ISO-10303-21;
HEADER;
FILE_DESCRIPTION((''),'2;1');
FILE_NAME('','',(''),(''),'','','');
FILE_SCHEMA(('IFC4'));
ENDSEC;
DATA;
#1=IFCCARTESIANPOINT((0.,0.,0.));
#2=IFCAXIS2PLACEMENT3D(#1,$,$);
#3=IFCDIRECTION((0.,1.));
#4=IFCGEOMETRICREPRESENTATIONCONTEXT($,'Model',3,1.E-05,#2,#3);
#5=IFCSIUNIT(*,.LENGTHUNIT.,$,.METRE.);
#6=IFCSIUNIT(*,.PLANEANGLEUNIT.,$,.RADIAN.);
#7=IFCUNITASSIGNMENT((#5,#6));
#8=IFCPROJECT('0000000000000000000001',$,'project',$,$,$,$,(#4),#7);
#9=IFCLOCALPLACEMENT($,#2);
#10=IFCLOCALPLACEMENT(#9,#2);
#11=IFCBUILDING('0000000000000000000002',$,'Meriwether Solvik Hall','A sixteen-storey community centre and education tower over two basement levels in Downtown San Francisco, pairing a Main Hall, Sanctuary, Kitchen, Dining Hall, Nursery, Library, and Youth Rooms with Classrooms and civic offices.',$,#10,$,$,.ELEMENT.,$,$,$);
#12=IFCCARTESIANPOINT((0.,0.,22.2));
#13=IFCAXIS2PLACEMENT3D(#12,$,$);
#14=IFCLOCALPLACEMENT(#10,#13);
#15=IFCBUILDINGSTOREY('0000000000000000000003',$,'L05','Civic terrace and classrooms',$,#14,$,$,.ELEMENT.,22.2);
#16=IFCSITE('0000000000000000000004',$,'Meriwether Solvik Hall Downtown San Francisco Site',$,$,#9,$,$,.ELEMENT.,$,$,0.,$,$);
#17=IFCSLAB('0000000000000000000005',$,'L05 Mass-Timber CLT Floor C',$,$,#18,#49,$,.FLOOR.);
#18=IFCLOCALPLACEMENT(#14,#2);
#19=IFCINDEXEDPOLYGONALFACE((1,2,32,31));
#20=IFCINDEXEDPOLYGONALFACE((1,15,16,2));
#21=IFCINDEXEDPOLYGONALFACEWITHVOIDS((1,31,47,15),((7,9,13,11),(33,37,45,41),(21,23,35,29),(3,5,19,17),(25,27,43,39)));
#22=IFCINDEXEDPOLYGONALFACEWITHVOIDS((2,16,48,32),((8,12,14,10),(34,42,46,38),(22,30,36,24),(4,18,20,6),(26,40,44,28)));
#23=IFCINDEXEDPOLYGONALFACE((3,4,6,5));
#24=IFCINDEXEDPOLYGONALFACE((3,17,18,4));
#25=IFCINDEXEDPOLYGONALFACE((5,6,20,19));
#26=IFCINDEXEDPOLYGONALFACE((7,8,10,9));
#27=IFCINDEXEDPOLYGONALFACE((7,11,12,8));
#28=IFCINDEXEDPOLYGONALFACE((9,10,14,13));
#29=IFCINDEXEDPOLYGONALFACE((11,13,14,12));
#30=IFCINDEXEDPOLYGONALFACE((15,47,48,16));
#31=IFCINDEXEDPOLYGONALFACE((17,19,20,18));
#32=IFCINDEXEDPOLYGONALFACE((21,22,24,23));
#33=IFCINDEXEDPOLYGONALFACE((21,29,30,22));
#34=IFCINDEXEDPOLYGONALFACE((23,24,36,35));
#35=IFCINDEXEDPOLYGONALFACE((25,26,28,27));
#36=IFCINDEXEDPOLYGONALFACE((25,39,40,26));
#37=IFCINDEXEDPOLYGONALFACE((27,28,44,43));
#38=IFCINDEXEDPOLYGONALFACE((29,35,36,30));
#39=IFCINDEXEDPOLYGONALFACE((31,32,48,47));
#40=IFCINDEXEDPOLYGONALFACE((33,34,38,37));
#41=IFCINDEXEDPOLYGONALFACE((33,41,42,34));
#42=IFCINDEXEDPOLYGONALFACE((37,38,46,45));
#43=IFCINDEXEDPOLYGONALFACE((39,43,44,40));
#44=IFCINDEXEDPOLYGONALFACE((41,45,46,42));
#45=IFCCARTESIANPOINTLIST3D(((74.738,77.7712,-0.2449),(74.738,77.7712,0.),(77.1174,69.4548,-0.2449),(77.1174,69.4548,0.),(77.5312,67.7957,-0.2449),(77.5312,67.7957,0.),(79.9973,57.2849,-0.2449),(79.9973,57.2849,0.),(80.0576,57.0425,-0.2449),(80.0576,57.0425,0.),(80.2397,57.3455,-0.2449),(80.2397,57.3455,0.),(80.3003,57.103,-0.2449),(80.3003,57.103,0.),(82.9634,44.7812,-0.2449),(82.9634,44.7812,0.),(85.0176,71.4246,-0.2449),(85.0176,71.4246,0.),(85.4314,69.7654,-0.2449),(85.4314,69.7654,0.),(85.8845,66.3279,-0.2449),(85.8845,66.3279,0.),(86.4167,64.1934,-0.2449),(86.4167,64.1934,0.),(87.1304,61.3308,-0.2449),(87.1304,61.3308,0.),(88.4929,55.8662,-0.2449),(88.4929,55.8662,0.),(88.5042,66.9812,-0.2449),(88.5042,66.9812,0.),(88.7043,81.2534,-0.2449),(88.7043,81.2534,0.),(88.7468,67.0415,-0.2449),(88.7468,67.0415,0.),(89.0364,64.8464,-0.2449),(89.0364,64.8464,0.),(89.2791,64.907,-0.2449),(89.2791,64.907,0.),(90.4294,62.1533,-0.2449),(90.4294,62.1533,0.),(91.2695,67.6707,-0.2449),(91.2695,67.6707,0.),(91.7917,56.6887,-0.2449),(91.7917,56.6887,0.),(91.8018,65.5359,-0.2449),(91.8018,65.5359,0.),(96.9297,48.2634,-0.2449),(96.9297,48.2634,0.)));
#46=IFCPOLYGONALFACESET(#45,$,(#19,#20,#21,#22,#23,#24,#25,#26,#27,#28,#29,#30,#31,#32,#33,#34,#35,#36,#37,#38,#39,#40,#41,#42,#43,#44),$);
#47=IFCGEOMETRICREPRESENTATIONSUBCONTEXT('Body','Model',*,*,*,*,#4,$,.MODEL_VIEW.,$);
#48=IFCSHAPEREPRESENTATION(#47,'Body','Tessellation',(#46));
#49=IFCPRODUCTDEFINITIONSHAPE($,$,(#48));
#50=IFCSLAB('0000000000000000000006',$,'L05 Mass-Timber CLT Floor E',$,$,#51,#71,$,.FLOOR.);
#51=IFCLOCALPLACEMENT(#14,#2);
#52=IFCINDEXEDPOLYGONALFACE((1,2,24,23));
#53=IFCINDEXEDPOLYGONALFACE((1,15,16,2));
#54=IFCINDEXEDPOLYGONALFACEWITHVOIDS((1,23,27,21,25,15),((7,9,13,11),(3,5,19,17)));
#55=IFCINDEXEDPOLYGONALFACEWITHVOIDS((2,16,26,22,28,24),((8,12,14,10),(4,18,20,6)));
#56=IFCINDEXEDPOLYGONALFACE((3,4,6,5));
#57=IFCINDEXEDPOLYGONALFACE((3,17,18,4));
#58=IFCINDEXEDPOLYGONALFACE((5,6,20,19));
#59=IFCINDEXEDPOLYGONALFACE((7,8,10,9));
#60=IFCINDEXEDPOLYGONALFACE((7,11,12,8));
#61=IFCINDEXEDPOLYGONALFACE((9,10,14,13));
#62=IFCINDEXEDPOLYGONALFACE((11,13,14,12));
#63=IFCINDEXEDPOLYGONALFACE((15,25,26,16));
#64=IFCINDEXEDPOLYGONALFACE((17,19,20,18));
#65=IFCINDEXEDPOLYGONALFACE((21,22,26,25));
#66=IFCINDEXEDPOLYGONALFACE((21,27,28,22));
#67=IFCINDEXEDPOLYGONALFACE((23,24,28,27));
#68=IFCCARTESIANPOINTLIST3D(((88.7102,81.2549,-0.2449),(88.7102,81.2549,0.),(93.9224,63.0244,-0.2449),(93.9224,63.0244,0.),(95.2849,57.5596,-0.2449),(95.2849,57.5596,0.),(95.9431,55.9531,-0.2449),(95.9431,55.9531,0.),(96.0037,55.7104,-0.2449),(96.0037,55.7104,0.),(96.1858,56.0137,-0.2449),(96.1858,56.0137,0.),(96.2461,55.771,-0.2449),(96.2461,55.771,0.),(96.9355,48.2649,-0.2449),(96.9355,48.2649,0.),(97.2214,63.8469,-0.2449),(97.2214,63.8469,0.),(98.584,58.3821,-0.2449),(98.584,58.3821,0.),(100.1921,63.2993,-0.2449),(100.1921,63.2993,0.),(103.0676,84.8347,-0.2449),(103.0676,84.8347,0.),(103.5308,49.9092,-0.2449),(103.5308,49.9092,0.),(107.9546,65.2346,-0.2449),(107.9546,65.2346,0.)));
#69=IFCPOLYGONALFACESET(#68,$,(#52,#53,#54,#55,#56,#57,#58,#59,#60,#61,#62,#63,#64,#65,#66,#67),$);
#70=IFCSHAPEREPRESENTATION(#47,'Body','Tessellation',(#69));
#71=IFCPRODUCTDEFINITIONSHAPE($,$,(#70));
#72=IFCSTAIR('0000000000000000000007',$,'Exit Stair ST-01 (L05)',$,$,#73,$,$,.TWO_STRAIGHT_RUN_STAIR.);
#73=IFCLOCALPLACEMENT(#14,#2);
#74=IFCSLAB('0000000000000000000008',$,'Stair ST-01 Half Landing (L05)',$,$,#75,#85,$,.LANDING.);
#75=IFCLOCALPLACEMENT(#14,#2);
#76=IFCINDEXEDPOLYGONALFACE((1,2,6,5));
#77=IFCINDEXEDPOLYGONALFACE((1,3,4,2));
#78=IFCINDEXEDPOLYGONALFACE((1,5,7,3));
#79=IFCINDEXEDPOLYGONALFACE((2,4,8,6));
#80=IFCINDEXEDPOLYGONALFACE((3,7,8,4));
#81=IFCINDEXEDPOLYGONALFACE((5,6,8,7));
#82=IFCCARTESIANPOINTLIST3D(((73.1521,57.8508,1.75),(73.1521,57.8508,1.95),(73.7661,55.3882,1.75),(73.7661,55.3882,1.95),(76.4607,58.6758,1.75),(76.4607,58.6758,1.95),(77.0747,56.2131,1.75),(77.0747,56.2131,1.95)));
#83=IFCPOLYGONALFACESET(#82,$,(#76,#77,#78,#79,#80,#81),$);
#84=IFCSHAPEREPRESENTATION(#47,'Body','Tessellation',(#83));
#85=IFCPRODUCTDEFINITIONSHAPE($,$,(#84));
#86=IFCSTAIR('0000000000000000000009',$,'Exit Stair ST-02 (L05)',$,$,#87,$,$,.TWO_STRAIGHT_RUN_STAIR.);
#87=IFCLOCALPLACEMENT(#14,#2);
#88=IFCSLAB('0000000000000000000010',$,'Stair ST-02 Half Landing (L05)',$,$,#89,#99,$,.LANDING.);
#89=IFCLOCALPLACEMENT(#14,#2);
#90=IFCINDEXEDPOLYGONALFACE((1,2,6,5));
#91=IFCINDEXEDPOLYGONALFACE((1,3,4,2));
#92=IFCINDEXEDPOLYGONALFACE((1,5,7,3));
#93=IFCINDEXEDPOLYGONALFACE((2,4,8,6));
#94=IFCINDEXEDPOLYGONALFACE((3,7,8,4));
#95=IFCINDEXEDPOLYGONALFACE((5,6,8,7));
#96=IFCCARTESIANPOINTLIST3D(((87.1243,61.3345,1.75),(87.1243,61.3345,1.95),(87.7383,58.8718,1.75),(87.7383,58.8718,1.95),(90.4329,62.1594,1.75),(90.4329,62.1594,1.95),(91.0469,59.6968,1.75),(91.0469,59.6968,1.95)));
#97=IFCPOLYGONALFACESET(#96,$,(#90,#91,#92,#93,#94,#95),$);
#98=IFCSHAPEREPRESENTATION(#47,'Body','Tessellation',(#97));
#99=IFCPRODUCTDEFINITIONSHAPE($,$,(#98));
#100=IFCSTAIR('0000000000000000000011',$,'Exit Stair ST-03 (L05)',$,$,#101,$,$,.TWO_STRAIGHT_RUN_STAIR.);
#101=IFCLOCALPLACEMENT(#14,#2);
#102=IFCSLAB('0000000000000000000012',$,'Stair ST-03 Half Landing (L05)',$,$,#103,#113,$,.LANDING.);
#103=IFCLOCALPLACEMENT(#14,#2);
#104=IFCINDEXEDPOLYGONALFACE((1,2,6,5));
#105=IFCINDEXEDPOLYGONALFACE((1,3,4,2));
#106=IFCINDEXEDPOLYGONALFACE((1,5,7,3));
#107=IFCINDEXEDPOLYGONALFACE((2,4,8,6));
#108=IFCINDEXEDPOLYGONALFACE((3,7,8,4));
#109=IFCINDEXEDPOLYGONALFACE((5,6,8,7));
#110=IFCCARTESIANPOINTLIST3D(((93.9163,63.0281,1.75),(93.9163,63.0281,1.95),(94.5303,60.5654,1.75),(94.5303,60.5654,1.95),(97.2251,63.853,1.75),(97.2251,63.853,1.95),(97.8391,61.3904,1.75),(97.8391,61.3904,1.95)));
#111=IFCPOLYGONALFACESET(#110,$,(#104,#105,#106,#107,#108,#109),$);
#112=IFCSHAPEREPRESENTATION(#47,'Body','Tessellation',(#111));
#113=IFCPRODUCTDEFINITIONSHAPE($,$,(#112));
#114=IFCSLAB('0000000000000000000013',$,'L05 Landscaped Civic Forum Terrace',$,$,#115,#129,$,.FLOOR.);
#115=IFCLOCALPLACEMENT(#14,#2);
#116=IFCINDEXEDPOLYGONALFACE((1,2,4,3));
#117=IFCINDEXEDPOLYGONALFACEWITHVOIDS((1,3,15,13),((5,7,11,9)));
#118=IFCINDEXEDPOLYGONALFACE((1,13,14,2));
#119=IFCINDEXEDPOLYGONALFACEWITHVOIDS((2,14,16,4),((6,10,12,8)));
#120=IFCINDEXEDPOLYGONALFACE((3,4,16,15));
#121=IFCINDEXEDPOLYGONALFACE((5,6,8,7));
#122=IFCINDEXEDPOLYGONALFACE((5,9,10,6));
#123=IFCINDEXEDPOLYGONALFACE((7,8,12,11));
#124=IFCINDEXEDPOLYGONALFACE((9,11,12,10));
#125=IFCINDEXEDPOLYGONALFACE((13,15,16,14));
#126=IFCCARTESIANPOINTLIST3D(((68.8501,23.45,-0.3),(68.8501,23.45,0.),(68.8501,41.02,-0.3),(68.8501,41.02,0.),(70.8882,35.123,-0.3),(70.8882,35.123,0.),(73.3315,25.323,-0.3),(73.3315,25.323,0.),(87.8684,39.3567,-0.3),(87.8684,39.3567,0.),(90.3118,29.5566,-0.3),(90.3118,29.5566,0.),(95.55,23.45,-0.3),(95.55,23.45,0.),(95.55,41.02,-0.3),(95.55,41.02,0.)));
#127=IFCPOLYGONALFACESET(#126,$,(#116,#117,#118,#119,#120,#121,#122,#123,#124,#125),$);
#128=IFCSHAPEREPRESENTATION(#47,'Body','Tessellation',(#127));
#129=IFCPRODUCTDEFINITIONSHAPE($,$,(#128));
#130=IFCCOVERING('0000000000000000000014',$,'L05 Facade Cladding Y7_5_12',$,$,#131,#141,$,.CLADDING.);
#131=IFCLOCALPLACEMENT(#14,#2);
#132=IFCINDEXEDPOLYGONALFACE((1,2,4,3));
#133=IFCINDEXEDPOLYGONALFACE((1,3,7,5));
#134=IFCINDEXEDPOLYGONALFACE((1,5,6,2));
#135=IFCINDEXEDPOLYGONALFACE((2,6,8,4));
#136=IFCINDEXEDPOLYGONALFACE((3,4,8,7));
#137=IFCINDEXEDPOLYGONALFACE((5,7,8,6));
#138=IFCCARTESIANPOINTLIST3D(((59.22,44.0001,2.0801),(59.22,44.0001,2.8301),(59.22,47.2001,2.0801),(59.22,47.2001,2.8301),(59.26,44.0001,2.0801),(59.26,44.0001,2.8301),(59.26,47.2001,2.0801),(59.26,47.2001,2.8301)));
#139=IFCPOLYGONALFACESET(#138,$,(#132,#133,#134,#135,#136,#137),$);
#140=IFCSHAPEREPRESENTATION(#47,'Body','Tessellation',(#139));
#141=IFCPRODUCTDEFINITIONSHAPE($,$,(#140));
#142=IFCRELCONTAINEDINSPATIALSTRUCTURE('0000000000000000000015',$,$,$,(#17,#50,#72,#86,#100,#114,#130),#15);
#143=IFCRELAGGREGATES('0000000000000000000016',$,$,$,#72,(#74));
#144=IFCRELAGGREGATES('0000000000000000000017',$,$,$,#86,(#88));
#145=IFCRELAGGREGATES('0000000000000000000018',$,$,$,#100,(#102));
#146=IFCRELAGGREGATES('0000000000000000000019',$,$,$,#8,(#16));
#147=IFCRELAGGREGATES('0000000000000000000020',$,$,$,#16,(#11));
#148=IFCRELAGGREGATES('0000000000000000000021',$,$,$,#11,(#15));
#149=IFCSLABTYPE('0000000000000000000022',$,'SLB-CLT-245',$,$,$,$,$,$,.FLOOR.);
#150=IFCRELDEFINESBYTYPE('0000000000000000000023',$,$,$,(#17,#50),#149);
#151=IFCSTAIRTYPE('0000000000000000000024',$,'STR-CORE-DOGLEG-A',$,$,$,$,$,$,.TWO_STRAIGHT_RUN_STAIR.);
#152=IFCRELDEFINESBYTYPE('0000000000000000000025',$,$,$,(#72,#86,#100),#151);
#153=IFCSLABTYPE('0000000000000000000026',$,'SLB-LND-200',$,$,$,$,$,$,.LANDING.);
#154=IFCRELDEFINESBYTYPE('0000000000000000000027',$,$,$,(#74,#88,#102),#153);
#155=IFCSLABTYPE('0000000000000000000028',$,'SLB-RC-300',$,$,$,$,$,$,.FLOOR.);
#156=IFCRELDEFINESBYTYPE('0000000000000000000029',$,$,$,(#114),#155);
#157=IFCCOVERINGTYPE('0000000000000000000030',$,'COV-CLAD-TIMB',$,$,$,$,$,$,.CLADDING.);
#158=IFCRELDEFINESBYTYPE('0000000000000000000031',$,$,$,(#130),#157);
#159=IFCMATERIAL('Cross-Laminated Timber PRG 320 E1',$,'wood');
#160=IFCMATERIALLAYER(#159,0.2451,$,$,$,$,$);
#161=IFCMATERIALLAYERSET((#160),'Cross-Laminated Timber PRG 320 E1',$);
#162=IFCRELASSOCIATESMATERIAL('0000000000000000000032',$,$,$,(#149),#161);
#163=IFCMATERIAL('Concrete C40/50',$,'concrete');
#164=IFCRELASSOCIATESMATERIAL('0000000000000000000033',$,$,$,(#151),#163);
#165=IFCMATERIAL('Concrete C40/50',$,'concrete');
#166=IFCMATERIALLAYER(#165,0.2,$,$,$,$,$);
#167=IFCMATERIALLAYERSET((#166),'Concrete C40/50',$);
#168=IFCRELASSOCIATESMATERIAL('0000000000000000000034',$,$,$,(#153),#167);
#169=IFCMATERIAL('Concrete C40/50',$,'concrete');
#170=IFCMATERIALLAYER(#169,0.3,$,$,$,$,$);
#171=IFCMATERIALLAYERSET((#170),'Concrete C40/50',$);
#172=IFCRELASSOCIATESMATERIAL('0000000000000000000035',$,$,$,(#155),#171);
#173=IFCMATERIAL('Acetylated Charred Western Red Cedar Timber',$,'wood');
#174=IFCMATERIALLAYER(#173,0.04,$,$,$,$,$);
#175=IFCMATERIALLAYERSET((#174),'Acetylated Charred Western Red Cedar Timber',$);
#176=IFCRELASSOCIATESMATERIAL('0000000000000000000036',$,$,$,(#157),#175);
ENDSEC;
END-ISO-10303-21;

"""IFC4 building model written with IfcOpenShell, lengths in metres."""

from ifc_helpers import new_model, si_unit, direction, frame, origin, origin_2d, place, context, subcontext, project, spatial, polyline, rectangle, outline, extrude, material, layer, layer_set, type_object, element, aggregate, save


model = new_model("IFC4")

# Units and contexts
model_context = context("Model", 3, precision=1e-05, world=origin(), true_north=direction((0.0, 1.0)))
body_context = subcontext(model_context, "Body", "Model", "MODEL_VIEW")
ifc_project = project(units=[si_unit("LENGTHUNIT", "METRE"), si_unit("PLANEANGLEUNIT", "RADIAN")], contexts=[model_context])

# Site, building, storey
site_placement = place(None, origin())
site = spatial("IfcSite", under=ifc_project, at=site_placement, Name="Meriwether Solvik Hall Downtown San Francisco Site", CompositionType="ELEMENT", RefElevation=0.0)
building_placement = place(site_placement, origin())
building = spatial("IfcBuilding", under=site, at=building_placement, Name="Meriwether Solvik Hall", Description="A sixteen-storey community centre and education tower over two basement levels in Downtown San Francisco, pairing a Main Hall, Sanctuary, Kitchen, Dining Hall, Nursery, Library, and Youth Rooms with Classrooms and civic offices.", CompositionType="ELEMENT")
storey_placement = place(building_placement, frame((0.0, 0.0, 22.2)))
storey = spatial("IfcBuildingStorey", under=building, at=storey_placement, Name="L05", Description="Civic terrace and classrooms", CompositionType="ELEMENT", Elevation=22.2)

# Slabs
ifc_material_1 = material(Name="Cross-Laminated Timber PRG 320 E1", Category="wood")
ifc_layer_1 = layer(ifc_material_1, 0.2451)
ifc_layer_set_1 = layer_set([ifc_layer_1], Name="Cross-Laminated Timber PRG 320 E1")
slab_type_1 = type_object("IfcSlabType", Name="SLB-CLT-245", PredefinedType="FLOOR", material=ifc_layer_set_1)
slab_1_placement = place(storey_placement, frame((0.0, 0.0, -0.2449)))
element("IfcSlab", 1, at=slab_1_placement, inside=storey, type_object=slab_type_1, Name="L05 Mass-Timber CLT Floor C", PredefinedType="FLOOR", context=body_context, shape_type="SweptSolid", body=[
    extrude(outline(polyline([(88.7043, 81.2534), (96.9297, 48.2634), (82.9634, 44.7812), (74.738, 77.7712), (88.7043, 81.2534)]), holes=[polyline([(79.9973, 57.2849), (80.0576, 57.0425), (80.3003, 57.103), (80.2397, 57.3455), (79.9973, 57.2849)]), polyline([(90.4294, 62.1533), (87.1304, 61.3308), (88.4929, 55.8662), (91.7917, 56.6887), (90.4294, 62.1533)]), polyline([(85.8845, 66.3279), (86.4167, 64.1934), (89.0364, 64.8464), (88.5042, 66.9812), (85.8845, 66.3279)]), polyline([(91.2695, 67.6707), (88.7468, 67.0415), (89.2791, 64.907), (91.8018, 65.5359), (91.2695, 67.6707)]), polyline([(85.0176, 71.4246), (77.1174, 69.4548), (77.5312, 67.7957), (85.4314, 69.7654), (85.0176, 71.4246)])]), origin(), (0.0, 0.0, 1.0), 0.2449),
])
slab_2_placement = place(storey_placement, frame((0.0, 0.0, -0.2449)))
element("IfcSlab", 2, at=slab_2_placement, inside=storey, type_object=slab_type_1, Name="L05 Mass-Timber CLT Floor E", PredefinedType="FLOOR", context=body_context, shape_type="SweptSolid", body=[
    extrude(outline(polyline([(103.0676, 84.8347), (107.9546, 65.2346), (100.1921, 63.2993), (103.5308, 49.9092), (96.9355, 48.2649), (88.7102, 81.2549), (103.0676, 84.8347)]), holes=[polyline([(95.9431, 55.9531), (96.0037, 55.7104), (96.2461, 55.771), (96.1858, 56.0137), (95.9431, 55.9531)]), polyline([(97.2214, 63.8469), (93.9224, 63.0244), (95.2849, 57.5596), (98.584, 58.3821), (97.2214, 63.8469)])]), origin(), (0.0, 0.0, 1.0), 0.2449),
])

# Stairs, slabs
ifc_material_2 = material(Name="Concrete C40/50", Category="concrete")
stair_type = type_object("IfcStairType", Name="STR-CORE-DOGLEG-A", PredefinedType="TWO_STRAIGHT_RUN_STAIR", material=ifc_material_2)
stair_1_placement = place(storey_placement, origin())
stair_1 = element("IfcStair", 3, at=stair_1_placement, inside=storey, type_object=stair_type, Name="Exit Stair ST-01 (L05)", PredefinedType="TWO_STRAIGHT_RUN_STAIR")
ifc_material_3 = material(Name="Concrete C40/50", Category="concrete")
ifc_layer_2 = layer(ifc_material_3, 0.2)
ifc_layer_set_2 = layer_set([ifc_layer_2], Name="Concrete C40/50")
slab_type_2 = type_object("IfcSlabType", Name="SLB-LND-200", PredefinedType="LANDING", material=ifc_layer_set_2)
slab_3_placement = place(storey_placement, frame((0.0, 0.0, 1.75)))
slab_3 = element("IfcSlab", 4, at=slab_3_placement, type_object=slab_type_2, Name="Stair ST-01 Half Landing (L05)", PredefinedType="LANDING", context=body_context, shape_type="SweptSolid", body=[
    extrude(outline(polyline([(73.7661, 55.3882), (77.0747, 56.2131), (76.4607, 58.6758), (73.1521, 57.8508), (73.7661, 55.3882)])), origin(), (0.0, 0.0, 1.0), 0.2),
])
aggregate(stair_1, [slab_3])
stair_2_placement = place(storey_placement, origin())
stair_2 = element("IfcStair", 5, at=stair_2_placement, inside=storey, type_object=stair_type, Name="Exit Stair ST-02 (L05)", PredefinedType="TWO_STRAIGHT_RUN_STAIR")
slab_4_placement = place(storey_placement, frame((0.0, 0.0, 1.75)))
slab_4 = element("IfcSlab", 6, at=slab_4_placement, type_object=slab_type_2, Name="Stair ST-02 Half Landing (L05)", PredefinedType="LANDING", context=body_context, shape_type="SweptSolid", body=[
    extrude(outline(polyline([(87.7383, 58.8718), (91.0469, 59.6968), (90.4329, 62.1594), (87.1243, 61.3345), (87.7383, 58.8718)])), origin(), (0.0, 0.0, 1.0), 0.2),
])
aggregate(stair_2, [slab_4])
stair_3_placement = place(storey_placement, origin())
stair_3 = element("IfcStair", 7, at=stair_3_placement, inside=storey, type_object=stair_type, Name="Exit Stair ST-03 (L05)", PredefinedType="TWO_STRAIGHT_RUN_STAIR")
slab_5_placement = place(storey_placement, frame((0.0, 0.0, 1.75)))
slab_5 = element("IfcSlab", 8, at=slab_5_placement, type_object=slab_type_2, Name="Stair ST-03 Half Landing (L05)", PredefinedType="LANDING", context=body_context, shape_type="SweptSolid", body=[
    extrude(outline(polyline([(94.5303, 60.5654), (97.8391, 61.3904), (97.2251, 63.853), (93.9163, 63.0281), (94.5303, 60.5654)])), origin(), (0.0, 0.0, 1.0), 0.2),
])
aggregate(stair_3, [slab_5])

# Slab
ifc_material_4 = material(Name="Concrete C40/50", Category="concrete")
ifc_layer_3 = layer(ifc_material_4, 0.3)
ifc_layer_set_3 = layer_set([ifc_layer_3], Name="Concrete C40/50")
slab_type_3 = type_object("IfcSlabType", Name="SLB-RC-300", PredefinedType="FLOOR", material=ifc_layer_set_3)
slab_6_placement = place(storey_placement, frame((0.0, 0.0, -0.3)))
element("IfcSlab", 9, at=slab_6_placement, inside=storey, type_object=slab_type_3, Name="L05 Landscaped Civic Forum Terrace", PredefinedType="FLOOR", context=body_context, shape_type="SweptSolid", body=[
    extrude(outline(polyline([(68.8501, 41.02), (95.55, 41.02), (95.55, 23.45), (68.8501, 23.45), (68.8501, 41.02)]), holes=[polyline([(90.3118, 29.5566), (87.8684, 39.3567), (70.8882, 35.123), (73.3315, 25.323), (90.3118, 29.5566)])]), origin(), (0.0, 0.0, 1.0), 0.3),
])

# Covering
ifc_material_5 = material(Name="Acetylated Charred Western Red Cedar Timber", Category="wood")
ifc_layer_4 = layer(ifc_material_5, 0.04)
ifc_layer_set_4 = layer_set([ifc_layer_4], Name="Acetylated Charred Western Red Cedar Timber")
covering_type = type_object("IfcCoveringType", Name="COV-CLAD-TIMB", PredefinedType="CLADDING", material=ifc_layer_set_4)
covering_placement = place(storey_placement, frame((59.24, 45.6001, 2.0801), z_axis=(0.0, 0.0, 1.0), x_axis=(0.0, 1.0, 0.0)))
element("IfcCovering", 10, at=covering_placement, inside=storey, type_object=covering_type, Name="L05 Facade Cladding Y7_5_12", PredefinedType="CLADDING", context=body_context, shape_type="SweptSolid", body=[
    extrude(rectangle(XDim=3.2, YDim=0.04, at=origin_2d()), origin(), (0.0, 0.0, 1.0), 0.75),
])

save(model, "model.ifc")
